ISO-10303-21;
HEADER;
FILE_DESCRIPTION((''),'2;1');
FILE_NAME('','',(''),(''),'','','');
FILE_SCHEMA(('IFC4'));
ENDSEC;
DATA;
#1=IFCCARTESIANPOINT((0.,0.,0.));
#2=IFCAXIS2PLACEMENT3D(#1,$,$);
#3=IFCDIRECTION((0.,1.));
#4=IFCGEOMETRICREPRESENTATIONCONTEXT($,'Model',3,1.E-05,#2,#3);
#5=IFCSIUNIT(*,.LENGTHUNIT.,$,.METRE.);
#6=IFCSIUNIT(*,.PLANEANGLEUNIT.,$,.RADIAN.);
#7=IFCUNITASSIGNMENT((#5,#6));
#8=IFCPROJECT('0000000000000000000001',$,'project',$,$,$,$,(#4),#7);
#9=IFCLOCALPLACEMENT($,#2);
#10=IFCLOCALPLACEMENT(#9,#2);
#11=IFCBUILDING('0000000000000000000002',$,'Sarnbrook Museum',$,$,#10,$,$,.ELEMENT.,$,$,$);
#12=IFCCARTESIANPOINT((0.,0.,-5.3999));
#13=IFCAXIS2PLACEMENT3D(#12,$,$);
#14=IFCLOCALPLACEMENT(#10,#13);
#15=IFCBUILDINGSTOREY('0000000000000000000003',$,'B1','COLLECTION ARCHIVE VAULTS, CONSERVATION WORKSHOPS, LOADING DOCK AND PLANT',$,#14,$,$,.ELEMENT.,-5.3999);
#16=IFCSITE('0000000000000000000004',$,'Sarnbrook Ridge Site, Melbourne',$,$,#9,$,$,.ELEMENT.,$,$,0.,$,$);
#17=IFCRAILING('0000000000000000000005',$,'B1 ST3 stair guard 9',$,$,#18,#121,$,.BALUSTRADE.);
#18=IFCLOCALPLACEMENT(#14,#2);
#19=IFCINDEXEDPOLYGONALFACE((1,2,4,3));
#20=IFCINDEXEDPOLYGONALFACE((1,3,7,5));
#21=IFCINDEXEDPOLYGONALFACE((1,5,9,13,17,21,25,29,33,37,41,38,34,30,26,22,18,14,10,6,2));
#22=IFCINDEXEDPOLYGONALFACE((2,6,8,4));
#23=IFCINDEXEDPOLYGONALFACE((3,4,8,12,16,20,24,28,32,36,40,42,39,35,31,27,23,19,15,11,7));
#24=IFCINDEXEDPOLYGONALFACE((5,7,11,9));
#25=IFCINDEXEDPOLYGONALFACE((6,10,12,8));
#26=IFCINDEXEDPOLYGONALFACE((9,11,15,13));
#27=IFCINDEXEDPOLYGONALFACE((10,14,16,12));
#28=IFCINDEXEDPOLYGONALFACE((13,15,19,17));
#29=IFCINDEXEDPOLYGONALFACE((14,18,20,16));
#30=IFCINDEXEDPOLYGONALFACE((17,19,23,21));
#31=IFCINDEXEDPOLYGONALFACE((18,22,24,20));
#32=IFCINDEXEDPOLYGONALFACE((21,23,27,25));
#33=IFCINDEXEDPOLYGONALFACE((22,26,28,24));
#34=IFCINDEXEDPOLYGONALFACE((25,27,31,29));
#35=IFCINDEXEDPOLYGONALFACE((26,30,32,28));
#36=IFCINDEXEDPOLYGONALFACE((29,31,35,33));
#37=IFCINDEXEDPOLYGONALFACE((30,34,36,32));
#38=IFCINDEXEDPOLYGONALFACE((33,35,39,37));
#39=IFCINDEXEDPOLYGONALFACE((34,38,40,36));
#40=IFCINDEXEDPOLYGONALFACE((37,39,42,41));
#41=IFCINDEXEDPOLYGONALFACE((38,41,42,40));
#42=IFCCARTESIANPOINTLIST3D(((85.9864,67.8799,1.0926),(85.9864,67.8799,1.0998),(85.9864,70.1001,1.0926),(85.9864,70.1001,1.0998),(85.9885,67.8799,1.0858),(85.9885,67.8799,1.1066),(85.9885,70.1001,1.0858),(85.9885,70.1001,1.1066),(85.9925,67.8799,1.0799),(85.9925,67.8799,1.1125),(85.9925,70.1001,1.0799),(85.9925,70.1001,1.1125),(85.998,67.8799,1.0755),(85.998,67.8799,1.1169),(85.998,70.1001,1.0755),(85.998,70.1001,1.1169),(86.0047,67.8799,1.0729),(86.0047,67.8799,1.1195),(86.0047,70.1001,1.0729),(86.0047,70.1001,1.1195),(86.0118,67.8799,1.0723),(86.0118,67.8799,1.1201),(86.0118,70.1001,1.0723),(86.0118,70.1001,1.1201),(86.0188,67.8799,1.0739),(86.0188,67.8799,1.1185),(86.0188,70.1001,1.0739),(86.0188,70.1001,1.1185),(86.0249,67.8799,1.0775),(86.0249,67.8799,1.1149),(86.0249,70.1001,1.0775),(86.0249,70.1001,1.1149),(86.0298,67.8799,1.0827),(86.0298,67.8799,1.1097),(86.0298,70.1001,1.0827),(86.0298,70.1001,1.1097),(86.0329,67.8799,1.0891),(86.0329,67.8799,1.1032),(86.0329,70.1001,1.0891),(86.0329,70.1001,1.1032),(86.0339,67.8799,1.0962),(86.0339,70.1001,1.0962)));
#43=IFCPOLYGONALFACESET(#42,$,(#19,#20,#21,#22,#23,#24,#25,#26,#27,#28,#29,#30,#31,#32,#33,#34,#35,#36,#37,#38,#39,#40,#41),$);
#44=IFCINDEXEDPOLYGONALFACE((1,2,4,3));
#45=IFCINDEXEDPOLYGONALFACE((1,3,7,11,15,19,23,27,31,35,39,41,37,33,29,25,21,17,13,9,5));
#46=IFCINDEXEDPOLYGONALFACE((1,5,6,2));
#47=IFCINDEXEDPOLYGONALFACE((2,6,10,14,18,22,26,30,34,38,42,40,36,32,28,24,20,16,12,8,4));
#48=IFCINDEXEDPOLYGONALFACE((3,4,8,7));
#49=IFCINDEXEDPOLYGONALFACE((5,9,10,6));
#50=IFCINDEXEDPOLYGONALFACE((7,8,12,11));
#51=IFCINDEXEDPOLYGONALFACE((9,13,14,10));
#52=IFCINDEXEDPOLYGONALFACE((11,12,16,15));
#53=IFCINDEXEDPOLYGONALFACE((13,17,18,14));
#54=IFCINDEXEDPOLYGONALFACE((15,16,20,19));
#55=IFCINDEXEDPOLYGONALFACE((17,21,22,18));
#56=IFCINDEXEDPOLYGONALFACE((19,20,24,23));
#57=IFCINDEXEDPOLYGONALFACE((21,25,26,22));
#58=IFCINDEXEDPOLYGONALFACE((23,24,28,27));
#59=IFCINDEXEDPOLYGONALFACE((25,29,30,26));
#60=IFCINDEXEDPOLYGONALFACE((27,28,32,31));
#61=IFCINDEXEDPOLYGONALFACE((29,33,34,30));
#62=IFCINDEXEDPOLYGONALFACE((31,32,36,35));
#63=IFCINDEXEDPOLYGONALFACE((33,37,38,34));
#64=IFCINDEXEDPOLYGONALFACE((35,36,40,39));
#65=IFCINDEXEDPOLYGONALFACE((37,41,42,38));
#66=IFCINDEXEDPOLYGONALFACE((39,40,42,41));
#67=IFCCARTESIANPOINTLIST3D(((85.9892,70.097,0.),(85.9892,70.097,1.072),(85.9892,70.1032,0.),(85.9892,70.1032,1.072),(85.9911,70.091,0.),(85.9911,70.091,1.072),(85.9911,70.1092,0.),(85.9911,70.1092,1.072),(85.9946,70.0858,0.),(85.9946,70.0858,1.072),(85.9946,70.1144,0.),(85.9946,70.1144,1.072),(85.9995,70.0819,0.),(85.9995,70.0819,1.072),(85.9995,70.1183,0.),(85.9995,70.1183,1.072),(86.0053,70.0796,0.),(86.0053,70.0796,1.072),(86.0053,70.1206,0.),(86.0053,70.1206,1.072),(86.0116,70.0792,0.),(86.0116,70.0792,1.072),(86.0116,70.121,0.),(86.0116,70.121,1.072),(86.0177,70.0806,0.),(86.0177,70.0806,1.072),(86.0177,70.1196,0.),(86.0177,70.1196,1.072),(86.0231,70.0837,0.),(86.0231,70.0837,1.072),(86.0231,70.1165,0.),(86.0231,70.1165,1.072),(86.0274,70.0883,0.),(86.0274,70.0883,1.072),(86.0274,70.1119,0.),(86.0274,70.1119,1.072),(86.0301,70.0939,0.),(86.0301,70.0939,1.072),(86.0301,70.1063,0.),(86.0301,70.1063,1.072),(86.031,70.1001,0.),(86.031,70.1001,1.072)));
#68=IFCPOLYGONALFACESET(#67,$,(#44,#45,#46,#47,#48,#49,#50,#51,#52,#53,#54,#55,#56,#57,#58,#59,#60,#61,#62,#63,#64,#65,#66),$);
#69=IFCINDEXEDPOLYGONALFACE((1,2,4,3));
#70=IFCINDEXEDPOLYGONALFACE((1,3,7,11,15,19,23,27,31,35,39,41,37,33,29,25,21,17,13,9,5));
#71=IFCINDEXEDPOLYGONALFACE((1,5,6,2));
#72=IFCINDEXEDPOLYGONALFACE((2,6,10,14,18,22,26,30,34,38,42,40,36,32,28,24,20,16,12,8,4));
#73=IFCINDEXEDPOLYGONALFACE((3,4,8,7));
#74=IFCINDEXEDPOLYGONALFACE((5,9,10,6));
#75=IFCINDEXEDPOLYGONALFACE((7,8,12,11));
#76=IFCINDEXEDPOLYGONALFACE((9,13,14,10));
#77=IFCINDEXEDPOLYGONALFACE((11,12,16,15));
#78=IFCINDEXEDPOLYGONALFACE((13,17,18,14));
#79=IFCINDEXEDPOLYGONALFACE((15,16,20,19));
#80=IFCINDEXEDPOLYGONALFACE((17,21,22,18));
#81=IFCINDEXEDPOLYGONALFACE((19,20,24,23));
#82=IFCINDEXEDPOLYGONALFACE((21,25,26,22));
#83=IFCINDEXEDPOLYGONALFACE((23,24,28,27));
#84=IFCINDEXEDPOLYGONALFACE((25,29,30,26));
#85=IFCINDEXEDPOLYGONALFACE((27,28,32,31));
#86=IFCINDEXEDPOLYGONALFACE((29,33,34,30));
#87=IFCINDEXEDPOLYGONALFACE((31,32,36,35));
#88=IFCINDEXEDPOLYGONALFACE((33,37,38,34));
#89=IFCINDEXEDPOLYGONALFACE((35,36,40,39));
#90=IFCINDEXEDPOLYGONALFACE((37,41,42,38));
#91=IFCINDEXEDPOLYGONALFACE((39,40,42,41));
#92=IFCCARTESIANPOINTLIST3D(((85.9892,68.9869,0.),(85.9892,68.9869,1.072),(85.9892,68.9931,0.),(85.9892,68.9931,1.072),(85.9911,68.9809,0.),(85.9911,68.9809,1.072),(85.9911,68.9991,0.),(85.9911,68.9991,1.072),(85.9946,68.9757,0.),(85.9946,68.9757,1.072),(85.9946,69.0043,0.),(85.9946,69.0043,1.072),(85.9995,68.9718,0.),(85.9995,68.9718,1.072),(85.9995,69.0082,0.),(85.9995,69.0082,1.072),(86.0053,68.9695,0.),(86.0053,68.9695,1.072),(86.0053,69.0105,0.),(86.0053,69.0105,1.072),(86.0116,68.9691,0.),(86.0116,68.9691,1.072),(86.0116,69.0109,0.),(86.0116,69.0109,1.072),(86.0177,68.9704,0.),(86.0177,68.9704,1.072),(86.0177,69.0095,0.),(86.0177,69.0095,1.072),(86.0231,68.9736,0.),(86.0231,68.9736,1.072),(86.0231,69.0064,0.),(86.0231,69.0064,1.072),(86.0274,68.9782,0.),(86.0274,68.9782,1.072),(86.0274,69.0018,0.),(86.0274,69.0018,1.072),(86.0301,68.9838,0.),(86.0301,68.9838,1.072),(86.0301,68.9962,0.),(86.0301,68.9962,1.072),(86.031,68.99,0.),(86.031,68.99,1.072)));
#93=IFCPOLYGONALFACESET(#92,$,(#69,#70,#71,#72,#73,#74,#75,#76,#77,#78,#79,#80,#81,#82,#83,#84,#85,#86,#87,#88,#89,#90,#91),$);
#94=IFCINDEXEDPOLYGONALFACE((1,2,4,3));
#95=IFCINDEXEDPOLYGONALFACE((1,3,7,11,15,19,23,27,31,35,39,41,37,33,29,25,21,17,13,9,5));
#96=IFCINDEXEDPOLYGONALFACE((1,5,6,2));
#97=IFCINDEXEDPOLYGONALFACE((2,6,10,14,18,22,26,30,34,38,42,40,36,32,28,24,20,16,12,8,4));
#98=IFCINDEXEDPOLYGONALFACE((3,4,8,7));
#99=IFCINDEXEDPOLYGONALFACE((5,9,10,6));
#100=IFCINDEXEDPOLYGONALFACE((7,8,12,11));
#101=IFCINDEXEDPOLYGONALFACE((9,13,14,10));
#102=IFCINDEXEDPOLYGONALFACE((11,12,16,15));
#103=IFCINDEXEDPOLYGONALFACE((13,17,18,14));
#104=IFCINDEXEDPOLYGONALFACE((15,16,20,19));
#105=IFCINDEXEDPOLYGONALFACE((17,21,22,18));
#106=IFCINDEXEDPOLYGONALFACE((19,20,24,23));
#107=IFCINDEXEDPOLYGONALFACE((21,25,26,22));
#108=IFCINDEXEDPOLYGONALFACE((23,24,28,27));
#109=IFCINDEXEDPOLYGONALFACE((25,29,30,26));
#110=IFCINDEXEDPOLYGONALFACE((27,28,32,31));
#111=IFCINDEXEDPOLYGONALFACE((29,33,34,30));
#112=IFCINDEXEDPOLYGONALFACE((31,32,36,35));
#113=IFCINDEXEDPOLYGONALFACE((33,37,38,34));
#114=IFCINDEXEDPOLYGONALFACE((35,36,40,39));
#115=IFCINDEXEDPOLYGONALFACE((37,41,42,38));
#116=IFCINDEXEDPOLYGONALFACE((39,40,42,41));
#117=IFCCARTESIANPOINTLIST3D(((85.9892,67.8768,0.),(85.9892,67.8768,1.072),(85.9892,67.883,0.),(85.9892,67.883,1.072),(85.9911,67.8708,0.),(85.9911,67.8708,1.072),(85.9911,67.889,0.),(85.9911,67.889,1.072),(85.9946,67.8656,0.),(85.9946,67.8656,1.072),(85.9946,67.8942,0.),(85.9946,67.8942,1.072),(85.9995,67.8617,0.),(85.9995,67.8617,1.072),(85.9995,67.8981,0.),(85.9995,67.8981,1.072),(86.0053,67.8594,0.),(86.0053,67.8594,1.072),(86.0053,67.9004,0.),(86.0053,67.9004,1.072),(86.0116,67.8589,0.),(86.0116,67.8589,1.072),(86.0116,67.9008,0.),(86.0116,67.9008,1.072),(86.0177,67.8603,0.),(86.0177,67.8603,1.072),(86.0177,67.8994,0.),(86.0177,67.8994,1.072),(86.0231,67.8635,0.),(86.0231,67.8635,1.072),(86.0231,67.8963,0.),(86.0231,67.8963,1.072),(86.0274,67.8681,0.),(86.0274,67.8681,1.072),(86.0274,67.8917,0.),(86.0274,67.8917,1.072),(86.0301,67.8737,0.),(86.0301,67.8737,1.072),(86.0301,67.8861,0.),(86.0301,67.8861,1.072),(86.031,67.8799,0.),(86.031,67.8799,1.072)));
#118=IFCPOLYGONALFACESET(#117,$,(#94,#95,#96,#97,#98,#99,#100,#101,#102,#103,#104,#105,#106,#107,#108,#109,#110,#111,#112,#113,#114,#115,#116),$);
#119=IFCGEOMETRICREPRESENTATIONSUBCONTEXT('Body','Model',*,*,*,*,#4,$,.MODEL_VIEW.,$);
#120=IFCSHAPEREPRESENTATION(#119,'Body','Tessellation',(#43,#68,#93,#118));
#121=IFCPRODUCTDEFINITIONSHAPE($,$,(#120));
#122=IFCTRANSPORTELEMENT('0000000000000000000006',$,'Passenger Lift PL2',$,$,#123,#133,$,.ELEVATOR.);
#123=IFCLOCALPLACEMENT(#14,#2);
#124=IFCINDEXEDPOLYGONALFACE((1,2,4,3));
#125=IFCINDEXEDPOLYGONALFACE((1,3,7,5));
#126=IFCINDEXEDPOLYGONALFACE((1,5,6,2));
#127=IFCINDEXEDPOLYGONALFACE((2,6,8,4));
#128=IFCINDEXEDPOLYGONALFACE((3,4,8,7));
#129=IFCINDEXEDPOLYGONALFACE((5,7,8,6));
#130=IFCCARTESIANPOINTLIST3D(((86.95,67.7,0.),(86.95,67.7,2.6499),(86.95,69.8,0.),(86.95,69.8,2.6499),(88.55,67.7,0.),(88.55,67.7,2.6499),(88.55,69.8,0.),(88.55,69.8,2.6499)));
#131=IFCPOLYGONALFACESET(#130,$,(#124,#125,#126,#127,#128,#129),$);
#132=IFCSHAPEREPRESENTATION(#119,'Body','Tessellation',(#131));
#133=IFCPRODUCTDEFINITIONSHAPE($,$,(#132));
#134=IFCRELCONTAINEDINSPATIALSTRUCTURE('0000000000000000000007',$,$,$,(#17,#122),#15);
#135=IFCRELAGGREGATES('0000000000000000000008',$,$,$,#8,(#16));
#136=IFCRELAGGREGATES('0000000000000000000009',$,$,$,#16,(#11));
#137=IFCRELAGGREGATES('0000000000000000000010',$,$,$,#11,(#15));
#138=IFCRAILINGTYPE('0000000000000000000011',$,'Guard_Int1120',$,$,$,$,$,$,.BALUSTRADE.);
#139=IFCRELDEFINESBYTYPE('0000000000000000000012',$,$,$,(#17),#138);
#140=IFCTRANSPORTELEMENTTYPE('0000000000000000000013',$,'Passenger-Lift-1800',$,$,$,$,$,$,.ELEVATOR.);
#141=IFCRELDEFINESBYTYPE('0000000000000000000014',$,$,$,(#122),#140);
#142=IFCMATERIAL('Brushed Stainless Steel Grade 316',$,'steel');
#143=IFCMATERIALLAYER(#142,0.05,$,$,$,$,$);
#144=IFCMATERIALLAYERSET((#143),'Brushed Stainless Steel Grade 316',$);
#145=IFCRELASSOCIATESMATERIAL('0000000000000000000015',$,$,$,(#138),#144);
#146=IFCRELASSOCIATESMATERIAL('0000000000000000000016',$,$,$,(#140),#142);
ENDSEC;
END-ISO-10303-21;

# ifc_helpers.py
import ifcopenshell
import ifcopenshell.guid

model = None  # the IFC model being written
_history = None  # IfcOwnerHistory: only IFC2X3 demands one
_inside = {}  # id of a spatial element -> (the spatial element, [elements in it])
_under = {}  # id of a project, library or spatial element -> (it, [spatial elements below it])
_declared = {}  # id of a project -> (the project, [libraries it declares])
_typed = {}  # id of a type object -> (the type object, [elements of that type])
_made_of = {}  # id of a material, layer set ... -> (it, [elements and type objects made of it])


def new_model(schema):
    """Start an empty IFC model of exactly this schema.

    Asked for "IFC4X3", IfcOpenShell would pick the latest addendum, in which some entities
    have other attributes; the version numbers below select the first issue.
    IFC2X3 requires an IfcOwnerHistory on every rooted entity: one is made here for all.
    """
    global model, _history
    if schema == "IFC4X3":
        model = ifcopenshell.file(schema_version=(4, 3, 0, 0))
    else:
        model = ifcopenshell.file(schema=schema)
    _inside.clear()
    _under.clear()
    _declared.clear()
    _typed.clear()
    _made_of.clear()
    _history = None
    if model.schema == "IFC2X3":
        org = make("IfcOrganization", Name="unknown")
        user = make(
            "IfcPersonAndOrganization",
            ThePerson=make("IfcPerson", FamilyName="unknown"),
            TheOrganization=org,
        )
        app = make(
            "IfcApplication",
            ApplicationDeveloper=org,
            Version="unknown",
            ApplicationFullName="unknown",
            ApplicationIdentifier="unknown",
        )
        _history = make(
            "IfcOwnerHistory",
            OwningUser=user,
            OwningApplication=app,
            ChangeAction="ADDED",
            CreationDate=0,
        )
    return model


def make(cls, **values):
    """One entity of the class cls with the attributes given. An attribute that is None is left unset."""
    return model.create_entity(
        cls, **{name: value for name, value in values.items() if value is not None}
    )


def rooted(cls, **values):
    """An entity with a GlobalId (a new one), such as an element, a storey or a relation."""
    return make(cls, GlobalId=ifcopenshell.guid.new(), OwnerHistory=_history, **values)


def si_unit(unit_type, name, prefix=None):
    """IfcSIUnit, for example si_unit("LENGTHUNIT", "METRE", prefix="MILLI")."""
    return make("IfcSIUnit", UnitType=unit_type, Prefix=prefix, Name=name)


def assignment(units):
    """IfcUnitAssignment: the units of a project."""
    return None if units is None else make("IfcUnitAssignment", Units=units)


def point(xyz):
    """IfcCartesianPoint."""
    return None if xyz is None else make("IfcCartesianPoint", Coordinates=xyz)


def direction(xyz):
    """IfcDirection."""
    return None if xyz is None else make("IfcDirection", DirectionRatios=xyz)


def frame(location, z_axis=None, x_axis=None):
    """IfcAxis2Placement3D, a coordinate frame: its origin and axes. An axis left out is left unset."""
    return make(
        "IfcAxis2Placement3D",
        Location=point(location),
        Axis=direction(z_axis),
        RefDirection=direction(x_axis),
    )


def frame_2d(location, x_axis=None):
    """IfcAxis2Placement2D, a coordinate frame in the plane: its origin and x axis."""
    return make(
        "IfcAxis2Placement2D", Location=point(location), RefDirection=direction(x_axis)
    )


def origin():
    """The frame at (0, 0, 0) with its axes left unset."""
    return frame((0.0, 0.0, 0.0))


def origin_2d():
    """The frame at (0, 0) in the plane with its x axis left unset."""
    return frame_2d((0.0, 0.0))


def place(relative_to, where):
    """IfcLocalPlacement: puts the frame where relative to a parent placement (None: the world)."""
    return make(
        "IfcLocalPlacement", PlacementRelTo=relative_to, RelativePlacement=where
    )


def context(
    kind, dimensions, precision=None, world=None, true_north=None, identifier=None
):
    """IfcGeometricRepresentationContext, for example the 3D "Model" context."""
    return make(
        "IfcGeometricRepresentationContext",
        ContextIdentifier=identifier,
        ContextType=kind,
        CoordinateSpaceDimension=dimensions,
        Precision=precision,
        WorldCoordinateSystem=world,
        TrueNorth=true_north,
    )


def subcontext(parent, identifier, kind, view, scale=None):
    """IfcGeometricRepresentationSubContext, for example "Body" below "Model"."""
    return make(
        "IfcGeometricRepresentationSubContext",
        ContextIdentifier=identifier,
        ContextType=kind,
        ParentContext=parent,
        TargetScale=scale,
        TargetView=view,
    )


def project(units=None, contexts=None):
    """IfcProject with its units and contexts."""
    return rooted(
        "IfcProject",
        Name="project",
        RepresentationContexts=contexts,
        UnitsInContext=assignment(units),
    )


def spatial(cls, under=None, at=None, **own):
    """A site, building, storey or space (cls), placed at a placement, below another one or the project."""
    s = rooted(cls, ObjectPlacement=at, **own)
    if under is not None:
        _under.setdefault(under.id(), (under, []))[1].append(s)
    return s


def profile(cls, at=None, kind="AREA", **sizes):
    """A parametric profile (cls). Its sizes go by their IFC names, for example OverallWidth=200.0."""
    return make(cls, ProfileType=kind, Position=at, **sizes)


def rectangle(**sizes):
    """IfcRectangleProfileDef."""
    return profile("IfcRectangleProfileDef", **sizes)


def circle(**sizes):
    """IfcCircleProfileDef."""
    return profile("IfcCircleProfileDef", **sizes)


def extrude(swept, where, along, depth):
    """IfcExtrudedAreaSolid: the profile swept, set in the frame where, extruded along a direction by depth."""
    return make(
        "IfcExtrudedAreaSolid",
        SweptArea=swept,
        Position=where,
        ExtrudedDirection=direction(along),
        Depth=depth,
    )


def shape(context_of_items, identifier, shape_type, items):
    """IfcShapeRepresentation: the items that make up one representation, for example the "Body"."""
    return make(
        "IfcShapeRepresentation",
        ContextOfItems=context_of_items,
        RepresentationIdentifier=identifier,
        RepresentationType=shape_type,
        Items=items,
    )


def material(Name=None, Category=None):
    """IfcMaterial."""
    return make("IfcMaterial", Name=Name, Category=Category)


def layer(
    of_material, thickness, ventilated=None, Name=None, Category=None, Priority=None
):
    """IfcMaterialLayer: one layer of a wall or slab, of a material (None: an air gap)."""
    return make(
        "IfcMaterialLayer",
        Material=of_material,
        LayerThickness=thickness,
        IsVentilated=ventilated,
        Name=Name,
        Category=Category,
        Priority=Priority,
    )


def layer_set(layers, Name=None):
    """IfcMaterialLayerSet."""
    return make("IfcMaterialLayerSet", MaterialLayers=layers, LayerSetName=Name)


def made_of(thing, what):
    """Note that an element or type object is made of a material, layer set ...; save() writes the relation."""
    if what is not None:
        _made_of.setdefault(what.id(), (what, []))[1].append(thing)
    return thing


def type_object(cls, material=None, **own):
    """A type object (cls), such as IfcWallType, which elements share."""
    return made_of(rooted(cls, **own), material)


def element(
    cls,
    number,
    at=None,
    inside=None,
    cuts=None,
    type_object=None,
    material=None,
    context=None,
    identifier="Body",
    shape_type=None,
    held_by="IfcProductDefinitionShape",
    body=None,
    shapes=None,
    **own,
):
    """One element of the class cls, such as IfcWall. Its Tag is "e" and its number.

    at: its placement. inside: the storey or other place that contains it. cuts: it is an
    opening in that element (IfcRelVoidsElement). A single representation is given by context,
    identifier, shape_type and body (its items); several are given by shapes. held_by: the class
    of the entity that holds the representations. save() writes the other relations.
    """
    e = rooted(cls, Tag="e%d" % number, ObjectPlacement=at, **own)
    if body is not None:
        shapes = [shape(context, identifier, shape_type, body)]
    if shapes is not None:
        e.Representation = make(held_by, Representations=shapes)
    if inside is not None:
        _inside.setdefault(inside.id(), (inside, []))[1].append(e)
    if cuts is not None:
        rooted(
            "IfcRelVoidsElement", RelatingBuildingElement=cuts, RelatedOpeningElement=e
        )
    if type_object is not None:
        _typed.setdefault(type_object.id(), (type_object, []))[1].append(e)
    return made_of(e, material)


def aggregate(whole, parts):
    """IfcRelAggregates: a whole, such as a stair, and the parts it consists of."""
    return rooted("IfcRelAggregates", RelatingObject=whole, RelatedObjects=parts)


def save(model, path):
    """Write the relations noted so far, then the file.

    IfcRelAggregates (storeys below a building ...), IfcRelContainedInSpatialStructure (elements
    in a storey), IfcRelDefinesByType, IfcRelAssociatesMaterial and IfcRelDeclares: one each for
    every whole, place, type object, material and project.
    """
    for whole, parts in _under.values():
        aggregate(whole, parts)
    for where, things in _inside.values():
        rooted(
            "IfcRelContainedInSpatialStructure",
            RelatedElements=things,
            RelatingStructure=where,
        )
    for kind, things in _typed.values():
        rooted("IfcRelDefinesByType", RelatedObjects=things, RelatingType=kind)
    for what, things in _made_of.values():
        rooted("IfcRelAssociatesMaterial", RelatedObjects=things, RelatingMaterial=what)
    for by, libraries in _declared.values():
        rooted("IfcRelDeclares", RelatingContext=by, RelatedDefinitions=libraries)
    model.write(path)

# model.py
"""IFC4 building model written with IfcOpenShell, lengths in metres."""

from ifc_helpers import new_model, si_unit, direction, frame, origin, origin_2d, place, context, subcontext, project, spatial, rectangle, circle, extrude, material, layer, layer_set, type_object, element, save


model = new_model("IFC4")

# Units and contexts
model_context = context("Model", 3, precision=1e-05, world=origin(), true_north=direction((0.0, 1.0)))
body_context = subcontext(model_context, "Body", "Model", "MODEL_VIEW")
ifc_project = project(units=[si_unit("LENGTHUNIT", "METRE"), si_unit("PLANEANGLEUNIT", "RADIAN")], contexts=[model_context])

# Site, building, storey
site_placement = place(None, origin())
site = spatial("IfcSite", under=ifc_project, at=site_placement, Name="Sarnbrook Ridge Site, Melbourne", CompositionType="ELEMENT", RefElevation=0.0)
building_placement = place(site_placement, origin())
building = spatial("IfcBuilding", under=site, at=building_placement, Name="Sarnbrook Museum", CompositionType="ELEMENT")
storey_placement = place(building_placement, frame((0.0, 0.0, -5.3999)))
storey = spatial("IfcBuildingStorey", under=building, at=storey_placement, Name="B1", Description="COLLECTION ARCHIVE VAULTS, CONSERVATION WORKSHOPS, LOADING DOCK AND PLANT", CompositionType="ELEMENT", Elevation=-5.3999)

# Shared definitions
ifc_material_1 = material(Name="Brushed Stainless Steel Grade 316", Category="steel")

# Railing
ifc_layer_1 = layer(ifc_material_1, 0.05)
ifc_layer_set_1 = layer_set([ifc_layer_1], Name="Brushed Stainless Steel Grade 316")
railing_type = type_object("IfcRailingType", Name="Guard_Int1120", PredefinedType="BALUSTRADE", material=ifc_layer_set_1)
for number, where, name in (
    (1, (86.01, 70.1001, 0.0), "B1 ST3 stair guard 9"),
):
    element("IfcRailing", number, at=place(storey_placement, frame(where)), inside=storey, type_object=railing_type, Name=name, PredefinedType="BALUSTRADE", context=body_context, shape_type="SweptSolid", body=[
        extrude(circle(Radius=0.0239, at=origin_2d()), frame((0.0, 0.0, 1.0962), z_axis=(0.0, -1.0, 0.0), x_axis=(1.0, 0.0, 0.0)), (0.0, 0.0, 1.0), 2.2202),
        extrude(circle(Radius=0.021, at=origin_2d()), origin(), (0.0, 0.0, 1.0), 1.072),
        extrude(circle(Radius=0.021, at=origin_2d()), frame((0.0, -1.1101, 0.0)), (0.0, 0.0, 1.0), 1.072),
        extrude(circle(Radius=0.021, at=origin_2d()), frame((0.0, -2.2202, 0.0)), (0.0, 0.0, 1.0), 1.072),
    ])

# Transport element
transport_element_type = type_object("IfcTransportElementType", Name="Passenger-Lift-1800", PredefinedType="ELEVATOR", material=ifc_material_1)
transport_element_placement = place(storey_placement, frame((87.75, 68.75, 0.0), z_axis=(0.0, 0.0, 1.0), x_axis=(1.0, 0.0, 0.0)))
element("IfcTransportElement", 2, at=transport_element_placement, inside=storey, type_object=transport_element_type, Name="Passenger Lift PL2", PredefinedType="ELEVATOR", context=body_context, shape_type="SweptSolid", body=[
    extrude(rectangle(XDim=1.6001, YDim=2.1001, at=origin_2d()), origin(), (0.0, 0.0, 1.0), 2.6499),
])

save(model, "model.ifc")
